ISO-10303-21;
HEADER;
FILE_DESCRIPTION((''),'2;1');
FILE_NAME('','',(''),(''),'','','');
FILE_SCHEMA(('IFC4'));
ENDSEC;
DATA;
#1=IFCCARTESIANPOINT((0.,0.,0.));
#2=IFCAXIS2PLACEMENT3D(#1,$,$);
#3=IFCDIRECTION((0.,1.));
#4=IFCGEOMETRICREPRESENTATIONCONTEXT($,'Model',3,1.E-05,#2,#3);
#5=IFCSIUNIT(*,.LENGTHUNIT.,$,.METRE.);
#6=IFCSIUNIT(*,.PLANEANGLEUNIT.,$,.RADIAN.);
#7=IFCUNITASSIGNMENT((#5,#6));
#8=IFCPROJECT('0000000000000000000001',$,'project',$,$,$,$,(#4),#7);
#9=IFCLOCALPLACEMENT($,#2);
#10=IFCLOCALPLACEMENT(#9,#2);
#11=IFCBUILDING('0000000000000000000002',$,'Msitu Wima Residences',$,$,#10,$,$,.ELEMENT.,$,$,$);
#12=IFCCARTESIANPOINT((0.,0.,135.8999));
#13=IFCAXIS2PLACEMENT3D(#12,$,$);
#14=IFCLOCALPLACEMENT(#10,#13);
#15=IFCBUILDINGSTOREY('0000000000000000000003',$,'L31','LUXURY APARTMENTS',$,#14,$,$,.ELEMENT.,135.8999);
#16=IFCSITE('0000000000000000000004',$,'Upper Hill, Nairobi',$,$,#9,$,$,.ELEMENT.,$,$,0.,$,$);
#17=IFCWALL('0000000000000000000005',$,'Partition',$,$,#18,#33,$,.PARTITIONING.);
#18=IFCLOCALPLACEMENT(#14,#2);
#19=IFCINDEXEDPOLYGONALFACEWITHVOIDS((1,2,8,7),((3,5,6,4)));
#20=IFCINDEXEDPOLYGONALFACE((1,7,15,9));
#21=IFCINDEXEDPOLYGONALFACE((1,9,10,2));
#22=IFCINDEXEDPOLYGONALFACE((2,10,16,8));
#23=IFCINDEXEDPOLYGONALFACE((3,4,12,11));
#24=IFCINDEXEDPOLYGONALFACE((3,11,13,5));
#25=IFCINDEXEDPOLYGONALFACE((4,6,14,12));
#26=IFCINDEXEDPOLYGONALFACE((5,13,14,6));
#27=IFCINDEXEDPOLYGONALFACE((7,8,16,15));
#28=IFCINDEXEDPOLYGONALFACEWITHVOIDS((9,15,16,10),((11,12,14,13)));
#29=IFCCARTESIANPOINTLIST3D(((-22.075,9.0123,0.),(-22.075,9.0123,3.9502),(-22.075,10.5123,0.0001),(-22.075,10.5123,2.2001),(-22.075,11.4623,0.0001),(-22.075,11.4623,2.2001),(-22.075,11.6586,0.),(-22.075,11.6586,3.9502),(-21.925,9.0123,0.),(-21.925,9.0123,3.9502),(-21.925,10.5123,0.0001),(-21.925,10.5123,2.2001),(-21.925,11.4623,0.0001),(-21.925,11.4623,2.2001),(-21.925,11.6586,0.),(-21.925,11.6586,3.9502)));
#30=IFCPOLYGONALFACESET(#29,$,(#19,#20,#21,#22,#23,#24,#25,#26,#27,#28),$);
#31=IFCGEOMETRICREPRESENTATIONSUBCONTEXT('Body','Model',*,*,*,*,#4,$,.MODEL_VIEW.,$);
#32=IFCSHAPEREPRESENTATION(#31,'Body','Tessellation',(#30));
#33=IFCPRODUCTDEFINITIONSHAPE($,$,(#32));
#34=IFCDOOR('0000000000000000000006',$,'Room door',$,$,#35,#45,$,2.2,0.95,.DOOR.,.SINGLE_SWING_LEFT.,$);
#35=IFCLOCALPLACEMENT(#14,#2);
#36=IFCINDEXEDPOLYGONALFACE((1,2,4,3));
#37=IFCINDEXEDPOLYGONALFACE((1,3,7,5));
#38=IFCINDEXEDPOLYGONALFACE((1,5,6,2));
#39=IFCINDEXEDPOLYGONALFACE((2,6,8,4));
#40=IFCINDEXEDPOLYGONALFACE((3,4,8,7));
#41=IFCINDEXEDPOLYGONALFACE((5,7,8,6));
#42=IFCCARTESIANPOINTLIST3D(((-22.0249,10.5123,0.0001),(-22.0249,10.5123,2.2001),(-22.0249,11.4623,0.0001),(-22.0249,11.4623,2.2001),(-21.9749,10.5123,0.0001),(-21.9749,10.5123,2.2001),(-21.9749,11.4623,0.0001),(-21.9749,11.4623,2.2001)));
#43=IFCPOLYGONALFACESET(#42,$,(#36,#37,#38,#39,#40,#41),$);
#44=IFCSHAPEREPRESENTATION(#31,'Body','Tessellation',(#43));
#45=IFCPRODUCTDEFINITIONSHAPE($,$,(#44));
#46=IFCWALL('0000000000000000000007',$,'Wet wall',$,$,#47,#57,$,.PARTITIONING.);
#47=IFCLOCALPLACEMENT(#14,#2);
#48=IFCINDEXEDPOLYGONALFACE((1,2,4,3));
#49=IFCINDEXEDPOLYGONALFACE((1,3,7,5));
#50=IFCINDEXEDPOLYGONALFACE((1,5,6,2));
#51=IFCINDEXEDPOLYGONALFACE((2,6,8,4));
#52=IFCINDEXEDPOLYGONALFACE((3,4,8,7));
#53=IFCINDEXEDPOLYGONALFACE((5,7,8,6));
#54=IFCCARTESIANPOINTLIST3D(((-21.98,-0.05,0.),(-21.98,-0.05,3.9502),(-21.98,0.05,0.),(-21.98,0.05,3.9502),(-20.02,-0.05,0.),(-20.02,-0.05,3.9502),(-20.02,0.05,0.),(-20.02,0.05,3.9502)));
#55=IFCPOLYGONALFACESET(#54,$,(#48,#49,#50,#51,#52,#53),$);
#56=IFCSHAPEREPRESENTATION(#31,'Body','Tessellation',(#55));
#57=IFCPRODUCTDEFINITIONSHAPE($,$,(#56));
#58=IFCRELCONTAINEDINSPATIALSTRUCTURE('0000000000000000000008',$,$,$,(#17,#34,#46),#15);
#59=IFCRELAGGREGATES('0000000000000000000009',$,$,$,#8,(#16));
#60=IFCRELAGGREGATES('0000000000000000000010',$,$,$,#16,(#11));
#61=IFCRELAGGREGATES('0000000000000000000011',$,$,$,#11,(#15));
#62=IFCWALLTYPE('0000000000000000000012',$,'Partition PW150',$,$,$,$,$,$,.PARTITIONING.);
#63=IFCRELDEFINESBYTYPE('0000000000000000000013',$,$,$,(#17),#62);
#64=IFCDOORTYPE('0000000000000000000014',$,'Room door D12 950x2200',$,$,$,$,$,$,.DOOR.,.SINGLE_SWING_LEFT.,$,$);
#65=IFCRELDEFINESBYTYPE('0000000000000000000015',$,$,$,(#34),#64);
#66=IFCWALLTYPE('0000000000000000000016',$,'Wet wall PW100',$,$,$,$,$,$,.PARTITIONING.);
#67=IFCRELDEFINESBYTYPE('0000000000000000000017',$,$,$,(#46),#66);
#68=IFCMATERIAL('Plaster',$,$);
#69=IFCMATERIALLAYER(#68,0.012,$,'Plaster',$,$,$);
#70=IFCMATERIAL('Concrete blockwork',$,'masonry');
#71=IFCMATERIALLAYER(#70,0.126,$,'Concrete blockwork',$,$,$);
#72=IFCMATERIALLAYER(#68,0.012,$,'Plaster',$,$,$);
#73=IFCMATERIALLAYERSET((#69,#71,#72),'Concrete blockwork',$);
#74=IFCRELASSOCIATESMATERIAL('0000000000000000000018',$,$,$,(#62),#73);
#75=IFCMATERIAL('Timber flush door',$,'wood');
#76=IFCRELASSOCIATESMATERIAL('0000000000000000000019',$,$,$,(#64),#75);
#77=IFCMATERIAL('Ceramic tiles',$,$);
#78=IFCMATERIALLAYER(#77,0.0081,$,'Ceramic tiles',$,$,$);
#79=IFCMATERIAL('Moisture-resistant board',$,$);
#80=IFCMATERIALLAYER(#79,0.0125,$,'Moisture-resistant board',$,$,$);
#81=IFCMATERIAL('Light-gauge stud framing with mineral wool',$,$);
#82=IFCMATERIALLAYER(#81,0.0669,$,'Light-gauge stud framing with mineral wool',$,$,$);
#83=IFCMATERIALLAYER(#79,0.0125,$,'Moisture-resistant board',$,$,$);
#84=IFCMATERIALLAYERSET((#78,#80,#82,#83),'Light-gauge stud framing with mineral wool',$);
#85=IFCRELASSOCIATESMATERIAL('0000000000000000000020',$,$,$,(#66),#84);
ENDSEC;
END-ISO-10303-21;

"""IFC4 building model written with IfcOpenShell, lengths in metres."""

from ifc_helpers import new_model, si_unit, direction, frame, frame_2d, origin, place, context, subcontext, project, spatial, rectangle, extrude, material, layer, layer_set, type_object, element, fill, save


model = new_model("IFC4")

# Units and contexts
model_context = context("Model", 3, precision=1e-05, world=origin(), true_north=direction((0.0, 1.0)))
body_context = subcontext(model_context, "Body", "Model", "MODEL_VIEW")
ifc_project = project(units=[si_unit("LENGTHUNIT", "METRE"), si_unit("PLANEANGLEUNIT", "RADIAN")], contexts=[model_context])

# Site, building, storey
site_placement = place(None, origin())
site = spatial("IfcSite", under=ifc_project, at=site_placement, Name="Upper Hill, Nairobi", CompositionType="ELEMENT", RefElevation=0.0)
building_placement = place(site_placement, origin())
building = spatial("IfcBuilding", under=site, at=building_placement, Name="Msitu Wima Residences", CompositionType="ELEMENT")
storey_placement = place(building_placement, frame((0.0, 0.0, 135.8999)))
storey = spatial("IfcBuildingStorey", under=building, at=storey_placement, Name="L31", Description="LUXURY APARTMENTS", CompositionType="ELEMENT", Elevation=135.8999)

# Shared definitions
ifc_material_1 = material(Name="Plaster")
ifc_layer_1 = layer(ifc_material_1, 0.012, Name="Plaster")
ifc_material_2 = material(Name="Concrete blockwork", Category="masonry")
ifc_layer_2 = layer(ifc_material_2, 0.126, Name="Concrete blockwork")
ifc_layer_3 = layer(ifc_material_1, 0.012, Name="Plaster")
ifc_layer_set_1 = layer_set([ifc_layer_1, ifc_layer_2, ifc_layer_3], Name="Concrete blockwork")
wall_type_1 = type_object("IfcWallType", Name="Partition PW150", PredefinedType="PARTITIONING", material=ifc_layer_set_1)

# Wall, opening, door
wall_1_placement = place(storey_placement, frame((-22.0, 9.0122, 0.0), z_axis=(0.0, 0.0, 1.0), x_axis=(0.0, 1.0, 0.0)))
wall_1 = element("IfcWall", 1, at=wall_1_placement, inside=storey, type_object=wall_type_1, Name="Partition", PredefinedType="PARTITIONING", context=body_context, shape_type="SweptSolid", body=[
    extrude(rectangle(XDim=2.6462, YDim=0.1499, at=frame_2d((1.3232, 0.0))), origin(), (0.0, 0.0, 1.0), 3.9502),
])
opening_1_placement = place(wall_1_placement, frame((1.5, 0.0, 0.0)))
opening_1 = element("IfcOpeningElement", 2, at=opening_1_placement, cuts=wall_1, PredefinedType="OPENING", context=body_context, shape_type="SweptSolid", body=[
    extrude(rectangle(XDim=0.95, YDim=2.2, at=frame_2d((0.4751, 1.1001))), frame((0.0, 0.085, 0.0), z_axis=(0.0, -1.0, 0.0), x_axis=(1.0, 0.0, 0.0)), (0.0, 0.0, 1.0), 0.1699),
])
ifc_material_3 = material(Name="Timber flush door", Category="wood")
door_type_1 = type_object("IfcDoorType", Name="Room door D12 950x2200", OperationType="SINGLE_SWING_LEFT", PredefinedType="DOOR", material=ifc_material_3)
door_1_placement = place(opening_1_placement, origin())
door_1 = element("IfcDoor", 3, at=door_1_placement, inside=storey, type_object=door_type_1, Name="Room door", OperationType="SINGLE_SWING_LEFT", OverallHeight=2.2, OverallWidth=0.95, PredefinedType="DOOR", context=body_context, shape_type="SweptSolid", body=[
    extrude(rectangle(XDim=0.95, YDim=2.2, at=frame_2d((0.4751, 1.1001))), frame((0.0, 0.0249, 0.0), z_axis=(0.0, -1.0, 0.0), x_axis=(1.0, 0.0, 0.0)), (0.0, 0.0, 1.0), 0.05),
])
fill(opening_1, door_1)

# Wall
ifc_material_4 = material(Name="Ceramic tiles")
ifc_layer_4 = layer(ifc_material_4, 0.0081, Name="Ceramic tiles")
ifc_material_5 = material(Name="Moisture-resistant board")
ifc_layer_5 = layer(ifc_material_5, 0.0125, Name="Moisture-resistant board")
ifc_material_6 = material(Name="Light-gauge stud framing with mineral wool")
ifc_layer_6 = layer(ifc_material_6, 0.0669, Name="Light-gauge stud framing with mineral wool")
ifc_layer_7 = layer(ifc_material_5, 0.0125, Name="Moisture-resistant board")
ifc_layer_set_2 = layer_set([ifc_layer_4, ifc_layer_5, ifc_layer_6, ifc_layer_7], Name="Light-gauge stud framing with mineral wool")
wall_type_2 = type_object("IfcWallType", Name="Wet wall PW100", PredefinedType="PARTITIONING", material=ifc_layer_set_2)
wall_2_placement = place(storey_placement, frame((-21.98, 0.0, 0.0), z_axis=(0.0, 0.0, 1.0), x_axis=(1.0, 0.0, 0.0)))
element("IfcWall", 4, at=wall_2_placement, inside=storey, type_object=wall_type_2, Name="Wet wall", PredefinedType="PARTITIONING", context=body_context, shape_type="SweptSolid", body=[
    extrude(rectangle(XDim=1.96, YDim=0.1001, at=frame_2d((0.98, 0.0))), origin(), (0.0, 0.0, 1.0), 3.9502),
])

save(model, "model.ifc")
